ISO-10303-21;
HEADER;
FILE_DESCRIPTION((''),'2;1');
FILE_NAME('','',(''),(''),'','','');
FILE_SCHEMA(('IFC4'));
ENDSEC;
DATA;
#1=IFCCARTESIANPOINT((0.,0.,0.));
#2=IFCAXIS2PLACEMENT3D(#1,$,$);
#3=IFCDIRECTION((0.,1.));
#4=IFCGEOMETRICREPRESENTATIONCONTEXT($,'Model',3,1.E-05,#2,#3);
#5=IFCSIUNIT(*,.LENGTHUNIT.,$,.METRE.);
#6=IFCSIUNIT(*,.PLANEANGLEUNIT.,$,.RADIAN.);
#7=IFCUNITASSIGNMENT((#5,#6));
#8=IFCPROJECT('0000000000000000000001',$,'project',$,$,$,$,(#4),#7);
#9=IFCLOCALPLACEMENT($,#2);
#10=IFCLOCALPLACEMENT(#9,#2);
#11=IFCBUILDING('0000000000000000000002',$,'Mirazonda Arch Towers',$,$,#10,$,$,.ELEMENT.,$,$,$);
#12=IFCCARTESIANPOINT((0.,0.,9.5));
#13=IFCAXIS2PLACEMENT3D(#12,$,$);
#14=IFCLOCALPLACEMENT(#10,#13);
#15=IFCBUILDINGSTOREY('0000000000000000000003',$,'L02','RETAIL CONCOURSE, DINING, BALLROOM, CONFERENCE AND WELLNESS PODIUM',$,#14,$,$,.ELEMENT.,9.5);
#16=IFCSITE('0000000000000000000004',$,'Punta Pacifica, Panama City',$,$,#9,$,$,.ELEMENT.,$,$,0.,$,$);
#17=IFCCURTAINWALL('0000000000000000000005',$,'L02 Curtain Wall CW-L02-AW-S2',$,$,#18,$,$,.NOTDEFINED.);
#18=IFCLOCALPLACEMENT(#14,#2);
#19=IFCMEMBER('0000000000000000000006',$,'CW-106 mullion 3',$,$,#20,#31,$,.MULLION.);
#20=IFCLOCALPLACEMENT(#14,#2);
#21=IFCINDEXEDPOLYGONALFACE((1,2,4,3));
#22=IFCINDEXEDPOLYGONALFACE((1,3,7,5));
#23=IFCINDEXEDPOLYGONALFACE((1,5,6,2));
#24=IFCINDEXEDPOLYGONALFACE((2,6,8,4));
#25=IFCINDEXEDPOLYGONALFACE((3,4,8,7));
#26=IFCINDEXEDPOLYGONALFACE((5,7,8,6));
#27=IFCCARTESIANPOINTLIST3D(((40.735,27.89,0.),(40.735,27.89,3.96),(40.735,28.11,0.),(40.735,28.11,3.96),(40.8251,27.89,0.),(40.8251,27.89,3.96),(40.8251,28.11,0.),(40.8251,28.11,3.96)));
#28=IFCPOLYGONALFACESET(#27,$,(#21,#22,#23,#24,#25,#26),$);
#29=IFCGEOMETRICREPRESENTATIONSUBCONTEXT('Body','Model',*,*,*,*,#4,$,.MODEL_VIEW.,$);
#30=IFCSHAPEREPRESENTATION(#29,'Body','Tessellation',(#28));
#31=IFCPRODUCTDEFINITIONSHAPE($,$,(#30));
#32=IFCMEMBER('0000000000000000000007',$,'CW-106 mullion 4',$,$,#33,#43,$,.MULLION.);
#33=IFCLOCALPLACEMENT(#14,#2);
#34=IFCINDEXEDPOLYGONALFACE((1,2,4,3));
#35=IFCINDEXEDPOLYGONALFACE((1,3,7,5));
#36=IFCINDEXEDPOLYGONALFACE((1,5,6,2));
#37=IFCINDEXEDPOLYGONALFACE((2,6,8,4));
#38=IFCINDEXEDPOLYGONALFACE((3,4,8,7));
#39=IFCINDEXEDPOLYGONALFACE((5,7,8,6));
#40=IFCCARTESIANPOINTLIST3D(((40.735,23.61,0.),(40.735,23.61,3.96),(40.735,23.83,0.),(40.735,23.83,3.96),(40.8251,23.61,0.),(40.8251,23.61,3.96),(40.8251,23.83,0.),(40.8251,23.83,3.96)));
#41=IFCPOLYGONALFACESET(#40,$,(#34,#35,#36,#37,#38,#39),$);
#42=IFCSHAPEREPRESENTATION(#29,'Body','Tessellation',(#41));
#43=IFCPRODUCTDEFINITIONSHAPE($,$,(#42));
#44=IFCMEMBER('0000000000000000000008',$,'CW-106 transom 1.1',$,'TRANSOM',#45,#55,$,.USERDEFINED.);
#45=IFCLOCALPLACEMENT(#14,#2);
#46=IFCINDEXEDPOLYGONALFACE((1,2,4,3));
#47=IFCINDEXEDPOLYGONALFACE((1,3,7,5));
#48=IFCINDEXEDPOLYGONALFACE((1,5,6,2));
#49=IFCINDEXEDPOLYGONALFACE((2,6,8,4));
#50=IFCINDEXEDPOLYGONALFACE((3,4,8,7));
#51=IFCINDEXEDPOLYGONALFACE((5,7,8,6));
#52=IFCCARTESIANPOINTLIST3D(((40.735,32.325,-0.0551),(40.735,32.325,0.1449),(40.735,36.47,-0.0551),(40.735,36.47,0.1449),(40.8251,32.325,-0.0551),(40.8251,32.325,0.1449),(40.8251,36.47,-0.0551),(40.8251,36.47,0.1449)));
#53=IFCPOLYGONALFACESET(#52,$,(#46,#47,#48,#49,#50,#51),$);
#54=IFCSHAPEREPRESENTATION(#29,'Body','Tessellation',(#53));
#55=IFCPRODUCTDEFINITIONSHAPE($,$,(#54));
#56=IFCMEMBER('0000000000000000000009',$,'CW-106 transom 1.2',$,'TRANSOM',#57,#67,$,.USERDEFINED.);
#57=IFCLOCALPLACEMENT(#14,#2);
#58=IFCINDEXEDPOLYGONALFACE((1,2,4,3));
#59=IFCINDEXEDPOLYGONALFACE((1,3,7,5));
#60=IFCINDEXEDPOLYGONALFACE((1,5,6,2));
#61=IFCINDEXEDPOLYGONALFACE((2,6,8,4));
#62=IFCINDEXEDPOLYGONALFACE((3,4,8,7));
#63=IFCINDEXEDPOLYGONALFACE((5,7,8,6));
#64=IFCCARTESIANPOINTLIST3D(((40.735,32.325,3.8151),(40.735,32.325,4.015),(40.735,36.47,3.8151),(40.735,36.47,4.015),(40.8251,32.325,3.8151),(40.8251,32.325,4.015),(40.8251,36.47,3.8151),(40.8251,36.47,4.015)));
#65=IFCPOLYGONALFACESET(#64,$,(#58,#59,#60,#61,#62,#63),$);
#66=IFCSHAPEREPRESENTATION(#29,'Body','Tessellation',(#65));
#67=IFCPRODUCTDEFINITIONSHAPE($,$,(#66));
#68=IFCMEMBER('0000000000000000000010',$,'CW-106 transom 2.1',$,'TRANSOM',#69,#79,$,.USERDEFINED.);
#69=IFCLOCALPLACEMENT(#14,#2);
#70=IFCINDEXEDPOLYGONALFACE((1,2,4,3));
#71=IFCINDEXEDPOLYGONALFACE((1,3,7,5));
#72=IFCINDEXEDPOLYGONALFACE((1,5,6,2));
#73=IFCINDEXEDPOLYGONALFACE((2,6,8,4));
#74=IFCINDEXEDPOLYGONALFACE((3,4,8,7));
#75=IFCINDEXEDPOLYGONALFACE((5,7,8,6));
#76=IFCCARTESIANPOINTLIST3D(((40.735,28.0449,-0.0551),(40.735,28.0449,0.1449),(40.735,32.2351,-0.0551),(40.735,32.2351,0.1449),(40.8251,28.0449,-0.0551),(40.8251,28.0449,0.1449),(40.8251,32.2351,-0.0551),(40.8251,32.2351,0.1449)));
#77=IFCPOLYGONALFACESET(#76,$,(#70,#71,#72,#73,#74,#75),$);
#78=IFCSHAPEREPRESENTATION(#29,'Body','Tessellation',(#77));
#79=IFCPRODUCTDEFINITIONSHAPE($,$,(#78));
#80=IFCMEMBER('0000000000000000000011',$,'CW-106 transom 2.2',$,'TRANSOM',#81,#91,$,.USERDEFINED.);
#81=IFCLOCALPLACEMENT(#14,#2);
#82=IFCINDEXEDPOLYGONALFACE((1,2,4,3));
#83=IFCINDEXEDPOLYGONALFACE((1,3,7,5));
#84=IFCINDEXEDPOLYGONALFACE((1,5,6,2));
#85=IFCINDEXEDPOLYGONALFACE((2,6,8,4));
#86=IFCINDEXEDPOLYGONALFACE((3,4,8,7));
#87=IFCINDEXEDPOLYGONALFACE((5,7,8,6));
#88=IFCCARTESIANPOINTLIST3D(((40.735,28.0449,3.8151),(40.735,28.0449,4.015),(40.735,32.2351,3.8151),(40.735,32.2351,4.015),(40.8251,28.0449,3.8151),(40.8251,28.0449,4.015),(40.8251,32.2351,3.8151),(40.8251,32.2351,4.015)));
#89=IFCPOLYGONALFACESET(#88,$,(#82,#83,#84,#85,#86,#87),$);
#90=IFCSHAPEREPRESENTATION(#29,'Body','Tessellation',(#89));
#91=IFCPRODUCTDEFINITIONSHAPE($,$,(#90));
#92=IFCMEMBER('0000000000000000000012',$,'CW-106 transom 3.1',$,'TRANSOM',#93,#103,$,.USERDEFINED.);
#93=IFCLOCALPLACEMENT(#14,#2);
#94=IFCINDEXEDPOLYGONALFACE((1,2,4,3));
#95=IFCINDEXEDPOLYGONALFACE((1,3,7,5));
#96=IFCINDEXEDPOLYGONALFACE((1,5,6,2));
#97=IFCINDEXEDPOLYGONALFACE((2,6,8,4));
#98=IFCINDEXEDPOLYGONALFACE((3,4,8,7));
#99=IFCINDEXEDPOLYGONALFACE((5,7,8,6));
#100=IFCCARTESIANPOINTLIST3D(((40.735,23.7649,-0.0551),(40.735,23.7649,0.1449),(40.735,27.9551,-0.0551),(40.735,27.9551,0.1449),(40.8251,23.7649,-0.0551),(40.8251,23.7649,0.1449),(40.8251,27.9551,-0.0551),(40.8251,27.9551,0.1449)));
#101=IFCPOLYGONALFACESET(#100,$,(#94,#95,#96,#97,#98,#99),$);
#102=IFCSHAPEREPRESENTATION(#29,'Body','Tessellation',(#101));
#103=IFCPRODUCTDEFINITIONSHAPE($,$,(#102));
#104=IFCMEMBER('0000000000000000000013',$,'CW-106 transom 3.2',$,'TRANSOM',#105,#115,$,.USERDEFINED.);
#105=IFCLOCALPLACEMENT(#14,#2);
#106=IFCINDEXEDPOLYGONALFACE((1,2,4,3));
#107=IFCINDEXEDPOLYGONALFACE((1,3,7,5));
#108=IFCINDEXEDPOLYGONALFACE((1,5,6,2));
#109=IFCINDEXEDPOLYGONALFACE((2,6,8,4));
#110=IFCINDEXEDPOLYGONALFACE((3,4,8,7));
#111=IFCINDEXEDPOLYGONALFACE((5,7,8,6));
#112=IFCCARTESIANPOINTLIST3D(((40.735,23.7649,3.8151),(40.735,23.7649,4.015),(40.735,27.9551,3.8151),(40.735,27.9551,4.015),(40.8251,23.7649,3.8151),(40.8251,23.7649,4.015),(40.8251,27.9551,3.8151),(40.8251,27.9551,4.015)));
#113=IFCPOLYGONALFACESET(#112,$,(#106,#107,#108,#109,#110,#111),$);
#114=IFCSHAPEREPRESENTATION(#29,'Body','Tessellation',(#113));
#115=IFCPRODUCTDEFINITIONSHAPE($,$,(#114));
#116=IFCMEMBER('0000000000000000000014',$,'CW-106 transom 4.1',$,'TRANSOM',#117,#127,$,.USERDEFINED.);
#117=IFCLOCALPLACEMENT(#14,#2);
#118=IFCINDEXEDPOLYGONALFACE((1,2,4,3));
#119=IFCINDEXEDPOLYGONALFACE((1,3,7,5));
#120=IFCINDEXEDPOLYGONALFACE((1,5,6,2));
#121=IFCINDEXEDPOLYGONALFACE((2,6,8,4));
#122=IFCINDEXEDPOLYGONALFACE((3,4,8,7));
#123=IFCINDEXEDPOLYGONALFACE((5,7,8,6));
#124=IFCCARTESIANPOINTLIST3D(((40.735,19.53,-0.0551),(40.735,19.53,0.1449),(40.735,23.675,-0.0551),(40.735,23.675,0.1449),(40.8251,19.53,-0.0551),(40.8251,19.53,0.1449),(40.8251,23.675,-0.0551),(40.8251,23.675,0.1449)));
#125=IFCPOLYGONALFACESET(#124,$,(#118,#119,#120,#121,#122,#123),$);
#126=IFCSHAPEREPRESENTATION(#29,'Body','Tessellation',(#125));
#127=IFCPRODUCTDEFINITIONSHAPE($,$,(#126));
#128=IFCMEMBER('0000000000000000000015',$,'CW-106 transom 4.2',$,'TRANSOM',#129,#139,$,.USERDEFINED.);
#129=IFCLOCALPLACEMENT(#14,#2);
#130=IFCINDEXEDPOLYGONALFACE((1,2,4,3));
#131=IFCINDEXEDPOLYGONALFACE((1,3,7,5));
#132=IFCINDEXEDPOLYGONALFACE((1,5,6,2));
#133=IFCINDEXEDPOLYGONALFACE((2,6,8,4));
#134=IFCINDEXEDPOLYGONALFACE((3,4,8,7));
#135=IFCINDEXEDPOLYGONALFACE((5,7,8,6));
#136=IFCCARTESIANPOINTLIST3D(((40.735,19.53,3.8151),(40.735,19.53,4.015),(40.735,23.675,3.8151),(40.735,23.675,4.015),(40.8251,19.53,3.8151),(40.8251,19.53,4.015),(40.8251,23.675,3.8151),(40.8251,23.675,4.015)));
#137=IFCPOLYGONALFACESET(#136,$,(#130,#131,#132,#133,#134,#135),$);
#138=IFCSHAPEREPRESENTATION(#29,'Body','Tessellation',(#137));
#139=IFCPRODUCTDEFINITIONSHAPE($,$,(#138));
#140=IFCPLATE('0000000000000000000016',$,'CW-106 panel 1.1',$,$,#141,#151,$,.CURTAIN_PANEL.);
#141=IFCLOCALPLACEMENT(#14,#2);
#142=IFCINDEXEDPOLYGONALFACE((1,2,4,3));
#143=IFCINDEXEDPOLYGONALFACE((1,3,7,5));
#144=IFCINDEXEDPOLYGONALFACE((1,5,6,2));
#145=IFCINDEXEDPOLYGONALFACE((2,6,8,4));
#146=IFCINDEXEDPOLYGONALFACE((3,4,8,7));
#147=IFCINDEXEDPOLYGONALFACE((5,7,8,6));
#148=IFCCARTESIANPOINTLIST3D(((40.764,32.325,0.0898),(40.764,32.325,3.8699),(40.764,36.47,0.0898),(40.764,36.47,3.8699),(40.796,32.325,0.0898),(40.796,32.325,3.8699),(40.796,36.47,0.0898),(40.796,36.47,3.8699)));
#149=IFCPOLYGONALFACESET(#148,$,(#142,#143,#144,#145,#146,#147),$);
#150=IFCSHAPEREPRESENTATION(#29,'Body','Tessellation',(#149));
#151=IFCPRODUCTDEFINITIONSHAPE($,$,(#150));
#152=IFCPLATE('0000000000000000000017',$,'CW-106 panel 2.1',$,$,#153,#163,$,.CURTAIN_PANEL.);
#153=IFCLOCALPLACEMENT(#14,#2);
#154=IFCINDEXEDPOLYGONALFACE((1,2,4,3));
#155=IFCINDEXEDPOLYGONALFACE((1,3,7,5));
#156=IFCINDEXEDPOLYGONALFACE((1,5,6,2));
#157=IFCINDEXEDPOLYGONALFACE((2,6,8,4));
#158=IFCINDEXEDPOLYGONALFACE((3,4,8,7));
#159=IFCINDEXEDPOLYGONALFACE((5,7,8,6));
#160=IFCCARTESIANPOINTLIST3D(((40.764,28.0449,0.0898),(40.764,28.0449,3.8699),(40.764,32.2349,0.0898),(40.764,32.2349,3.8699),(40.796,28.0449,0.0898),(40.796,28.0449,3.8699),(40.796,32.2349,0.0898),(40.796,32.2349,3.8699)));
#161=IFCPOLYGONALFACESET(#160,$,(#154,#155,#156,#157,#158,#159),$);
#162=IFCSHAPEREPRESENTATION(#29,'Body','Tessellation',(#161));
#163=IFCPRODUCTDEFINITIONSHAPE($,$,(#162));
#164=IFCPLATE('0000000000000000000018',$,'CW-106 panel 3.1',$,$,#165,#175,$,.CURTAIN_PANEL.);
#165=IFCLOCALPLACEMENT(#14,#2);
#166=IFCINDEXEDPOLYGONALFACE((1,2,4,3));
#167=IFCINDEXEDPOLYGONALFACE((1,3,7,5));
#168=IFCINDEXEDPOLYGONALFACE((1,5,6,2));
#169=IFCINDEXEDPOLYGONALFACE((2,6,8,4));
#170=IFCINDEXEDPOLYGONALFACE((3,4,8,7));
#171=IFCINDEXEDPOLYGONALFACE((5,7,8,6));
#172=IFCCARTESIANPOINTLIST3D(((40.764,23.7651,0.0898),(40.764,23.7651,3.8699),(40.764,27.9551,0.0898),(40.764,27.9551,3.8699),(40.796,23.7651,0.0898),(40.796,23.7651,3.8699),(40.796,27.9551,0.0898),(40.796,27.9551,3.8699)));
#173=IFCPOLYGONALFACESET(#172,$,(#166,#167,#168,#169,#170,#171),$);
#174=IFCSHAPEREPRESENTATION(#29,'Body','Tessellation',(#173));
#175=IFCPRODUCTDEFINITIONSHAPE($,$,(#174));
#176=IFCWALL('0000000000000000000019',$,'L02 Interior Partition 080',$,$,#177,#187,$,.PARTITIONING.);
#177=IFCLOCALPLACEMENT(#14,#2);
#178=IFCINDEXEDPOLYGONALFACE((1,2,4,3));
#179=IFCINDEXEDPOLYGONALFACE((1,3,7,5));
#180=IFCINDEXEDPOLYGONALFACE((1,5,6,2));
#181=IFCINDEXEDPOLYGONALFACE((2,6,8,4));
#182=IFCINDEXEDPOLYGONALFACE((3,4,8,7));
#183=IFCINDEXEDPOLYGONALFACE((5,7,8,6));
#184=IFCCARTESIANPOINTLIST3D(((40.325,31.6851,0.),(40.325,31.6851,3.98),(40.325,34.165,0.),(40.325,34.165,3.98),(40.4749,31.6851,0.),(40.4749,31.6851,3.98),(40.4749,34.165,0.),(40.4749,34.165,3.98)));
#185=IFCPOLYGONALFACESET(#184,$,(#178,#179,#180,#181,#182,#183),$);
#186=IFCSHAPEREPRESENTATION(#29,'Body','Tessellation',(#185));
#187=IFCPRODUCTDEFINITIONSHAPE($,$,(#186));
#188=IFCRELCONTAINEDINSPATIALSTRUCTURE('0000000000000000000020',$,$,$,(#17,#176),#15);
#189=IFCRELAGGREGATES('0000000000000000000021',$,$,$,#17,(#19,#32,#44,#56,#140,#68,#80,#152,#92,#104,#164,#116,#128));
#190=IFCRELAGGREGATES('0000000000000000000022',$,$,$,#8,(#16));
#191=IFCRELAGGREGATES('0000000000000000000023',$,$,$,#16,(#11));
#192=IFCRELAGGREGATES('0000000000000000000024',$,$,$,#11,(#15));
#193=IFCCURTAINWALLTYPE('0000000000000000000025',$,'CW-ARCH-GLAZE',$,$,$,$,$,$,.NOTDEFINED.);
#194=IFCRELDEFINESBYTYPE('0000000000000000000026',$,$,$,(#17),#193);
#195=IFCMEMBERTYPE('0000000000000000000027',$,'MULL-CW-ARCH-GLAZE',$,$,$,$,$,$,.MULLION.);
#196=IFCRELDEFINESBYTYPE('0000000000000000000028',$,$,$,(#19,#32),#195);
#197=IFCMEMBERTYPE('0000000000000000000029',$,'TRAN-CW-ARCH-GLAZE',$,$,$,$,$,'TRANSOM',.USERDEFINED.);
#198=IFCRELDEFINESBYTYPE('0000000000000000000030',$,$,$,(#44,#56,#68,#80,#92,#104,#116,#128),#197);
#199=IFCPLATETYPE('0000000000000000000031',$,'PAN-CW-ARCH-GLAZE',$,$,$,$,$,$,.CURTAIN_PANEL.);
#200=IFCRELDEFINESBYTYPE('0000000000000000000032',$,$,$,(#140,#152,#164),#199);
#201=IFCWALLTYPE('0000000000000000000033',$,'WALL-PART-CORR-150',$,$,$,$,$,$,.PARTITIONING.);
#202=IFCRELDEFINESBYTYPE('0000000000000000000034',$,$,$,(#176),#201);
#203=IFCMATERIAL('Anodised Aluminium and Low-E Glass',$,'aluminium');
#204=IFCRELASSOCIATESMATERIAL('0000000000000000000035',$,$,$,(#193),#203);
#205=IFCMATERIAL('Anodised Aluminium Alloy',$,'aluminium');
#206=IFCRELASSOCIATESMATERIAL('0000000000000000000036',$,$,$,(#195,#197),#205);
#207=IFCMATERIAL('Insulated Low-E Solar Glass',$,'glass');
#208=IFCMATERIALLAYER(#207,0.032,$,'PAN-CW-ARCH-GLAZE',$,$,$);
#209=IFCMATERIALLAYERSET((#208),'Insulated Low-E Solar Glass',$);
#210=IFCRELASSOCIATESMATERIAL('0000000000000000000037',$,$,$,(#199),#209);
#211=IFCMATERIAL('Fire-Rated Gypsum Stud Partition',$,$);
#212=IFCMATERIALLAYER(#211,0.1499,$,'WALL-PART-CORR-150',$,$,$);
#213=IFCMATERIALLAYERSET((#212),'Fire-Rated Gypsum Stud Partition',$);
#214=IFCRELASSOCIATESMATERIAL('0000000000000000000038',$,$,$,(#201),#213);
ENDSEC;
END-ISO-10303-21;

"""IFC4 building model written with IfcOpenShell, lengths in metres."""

from ifc_helpers import new_model, si_unit, direction, frame, frame_2d, origin, origin_2d, place, context, subcontext, project, spatial, rectangle, extrude, material, layer, layer_set, material_profile, profile_set, type_object, element, aggregate, save


model = new_model("IFC4")

# Units and contexts
model_context = context("Model", 3, precision=1e-05, world=origin(), true_north=direction((0.0, 1.0)))
body_context = subcontext(model_context, "Body", "Model", "MODEL_VIEW")
ifc_project = project(units=[si_unit("LENGTHUNIT", "METRE"), si_unit("PLANEANGLEUNIT", "RADIAN")], contexts=[model_context])

# Site, building, storey
site_placement = place(None, origin())
site = spatial("IfcSite", under=ifc_project, at=site_placement, Name="Punta Pacifica, Panama City", CompositionType="ELEMENT", RefElevation=0.0)
building_placement = place(site_placement, origin())
building = spatial("IfcBuilding", under=site, at=building_placement, Name="Mirazonda Arch Towers", CompositionType="ELEMENT")
storey_placement = place(building_placement, frame((0.0, 0.0, 9.5)))
storey = spatial("IfcBuildingStorey", under=building, at=storey_placement, Name="L02", Description="RETAIL CONCOURSE, DINING, BALLROOM, CONFERENCE AND WELLNESS PODIUM", CompositionType="ELEMENT", Elevation=9.5)

# Shared definitions
ifc_material_1 = material(Name="Anodised Aluminium and Low-E Glass", Category="aluminium")
curtain_wall_type = type_object("IfcCurtainWallType", Name="CW-ARCH-GLAZE", PredefinedType="NOTDEFINED", material=ifc_material_1)
ifc_material_2 = material(Name="Anodised Aluminium Alloy", Category="aluminium")
ifc_material_profile_1 = material_profile(ifc_material_2, rectangle(XDim=0.0901, YDim=0.22, at=origin_2d()), Name="ALU-MULL-90x220")
ifc_profile_set_1 = profile_set([ifc_material_profile_1], Name="Anodised Aluminium Alloy")
member_type_1 = type_object("IfcMemberType", Name="MULL-CW-ARCH-GLAZE", PredefinedType="MULLION", material=ifc_profile_set_1)

# Curtain wall, members, plates
curtain_wall_1_placement = place(storey_placement, origin())
curtain_wall_1 = element("IfcCurtainWall", 1, at=curtain_wall_1_placement, inside=storey, type_object=curtain_wall_type, Name="L02 Curtain Wall CW-L02-AW-S2", PredefinedType="NOTDEFINED")
member_1_placement = place(storey_placement, frame((40.78, 28.0, 0.0), z_axis=(0.0, 0.0, 1.0), x_axis=(1.0, 0.0, 0.0)))
member_1 = element("IfcMember", 2, at=member_1_placement, type_object=member_type_1, Name="CW-106 mullion 3", PredefinedType="MULLION", context=body_context, shape_type="SweptSolid", body=[
    extrude(rectangle(XDim=0.0901, YDim=0.22, at=origin_2d()), origin(), (0.0, 0.0, 1.0), 3.96),
])
member_2_placement = place(storey_placement, frame((40.78, 23.72, 0.0), z_axis=(0.0, 0.0, 1.0), x_axis=(1.0, 0.0, 0.0)))
member_2 = element("IfcMember", 3, at=member_2_placement, type_object=member_type_1, Name="CW-106 mullion 4", PredefinedType="MULLION", context=body_context, shape_type="SweptSolid", body=[
    extrude(rectangle(XDim=0.0901, YDim=0.22, at=origin_2d()), origin(), (0.0, 0.0, 1.0), 3.96),
])
ifc_material_profile_2 = material_profile(ifc_material_2, rectangle(XDim=0.0901, YDim=0.2, at=origin_2d()), Name="ALU-TRAN-90x200")
ifc_profile_set_2 = profile_set([ifc_material_profile_2], Name="Anodised Aluminium Alloy")
member_type_2 = type_object("IfcMemberType", Name="TRAN-CW-ARCH-GLAZE", ElementType="TRANSOM", PredefinedType="USERDEFINED", material=ifc_profile_set_2)
member_3_placement = place(storey_placement, frame((40.78, 36.47, 0.0449), z_axis=(0.0, -1.0, 0.0), x_axis=(1.0, 0.0, 0.0)))
member_3 = element("IfcMember", 4, at=member_3_placement, type_object=member_type_2, Name="CW-106 transom 1.1", ObjectType="TRANSOM", PredefinedType="USERDEFINED", context=body_context, shape_type="SweptSolid", body=[
    extrude(rectangle(XDim=0.0901, YDim=0.2, at=origin_2d()), origin(), (0.0, 0.0, 1.0), 4.145),
])
member_4_placement = place(storey_placement, frame((40.78, 36.47, 3.915), z_axis=(0.0, -1.0, 0.0), x_axis=(1.0, 0.0, 0.0)))
member_4 = element("IfcMember", 5, at=member_4_placement, type_object=member_type_2, Name="CW-106 transom 1.2", ObjectType="TRANSOM", PredefinedType="USERDEFINED", context=body_context, shape_type="SweptSolid", body=[
    extrude(rectangle(XDim=0.0901, YDim=0.2, at=origin_2d()), origin(), (0.0, 0.0, 1.0), 4.145),
])
member_5_placement = place(storey_placement, frame((40.78, 32.2351, 0.0449), z_axis=(0.0, -1.0, 0.0), x_axis=(1.0, 0.0, 0.0)))
member_5 = element("IfcMember", 6, at=member_5_placement, type_object=member_type_2, Name="CW-106 transom 2.1", ObjectType="TRANSOM", PredefinedType="USERDEFINED", context=body_context, shape_type="SweptSolid", body=[
    extrude(rectangle(XDim=0.0901, YDim=0.2, at=origin_2d()), origin(), (0.0, 0.0, 1.0), 4.1902),
])
member_6_placement = place(storey_placement, frame((40.78, 32.2351, 3.915), z_axis=(0.0, -1.0, 0.0), x_axis=(1.0, 0.0, 0.0)))
member_6 = element("IfcMember", 7, at=member_6_placement, type_object=member_type_2, Name="CW-106 transom 2.2", ObjectType="TRANSOM", PredefinedType="USERDEFINED", context=body_context, shape_type="SweptSolid", body=[
    extrude(rectangle(XDim=0.0901, YDim=0.2, at=origin_2d()), origin(), (0.0, 0.0, 1.0), 4.1902),
])
member_7_placement = place(storey_placement, frame((40.78, 27.9551, 0.0449), z_axis=(0.0, -1.0, 0.0), x_axis=(1.0, 0.0, 0.0)))
member_7 = element("IfcMember", 8, at=member_7_placement, type_object=member_type_2, Name="CW-106 transom 3.1", ObjectType="TRANSOM", PredefinedType="USERDEFINED", context=body_context, shape_type="SweptSolid", body=[
    extrude(rectangle(XDim=0.0901, YDim=0.2, at=origin_2d()), origin(), (0.0, 0.0, 1.0), 4.1902),
])
member_8_placement = place(storey_placement, frame((40.78, 27.9551, 3.915), z_axis=(0.0, -1.0, 0.0), x_axis=(1.0, 0.0, 0.0)))
member_8 = element("IfcMember", 9, at=member_8_placement, type_object=member_type_2, Name="CW-106 transom 3.2", ObjectType="TRANSOM", PredefinedType="USERDEFINED", context=body_context, shape_type="SweptSolid", body=[
    extrude(rectangle(XDim=0.0901, YDim=0.2, at=origin_2d()), origin(), (0.0, 0.0, 1.0), 4.1902),
])
member_9_placement = place(storey_placement, frame((40.78, 23.675, 0.0449), z_axis=(0.0, -1.0, 0.0), x_axis=(1.0, 0.0, 0.0)))
member_9 = element("IfcMember", 10, at=member_9_placement, type_object=member_type_2, Name="CW-106 transom 4.1", ObjectType="TRANSOM", PredefinedType="USERDEFINED", context=body_context, shape_type="SweptSolid", body=[
    extrude(rectangle(XDim=0.0901, YDim=0.2, at=origin_2d()), origin(), (0.0, 0.0, 1.0), 4.145),
])
member_10_placement = place(storey_placement, frame((40.78, 23.675, 3.915), z_axis=(0.0, -1.0, 0.0), x_axis=(1.0, 0.0, 0.0)))
member_10 = element("IfcMember", 11, at=member_10_placement, type_object=member_type_2, Name="CW-106 transom 4.2", ObjectType="TRANSOM", PredefinedType="USERDEFINED", context=body_context, shape_type="SweptSolid", body=[
    extrude(rectangle(XDim=0.0901, YDim=0.2, at=origin_2d()), origin(), (0.0, 0.0, 1.0), 4.145),
])
ifc_material_3 = material(Name="Insulated Low-E Solar Glass", Category="glass")
ifc_layer_1 = layer(ifc_material_3, 0.032, Name="PAN-CW-ARCH-GLAZE")
ifc_layer_set_1 = layer_set([ifc_layer_1], Name="Insulated Low-E Solar Glass")
plate_type = type_object("IfcPlateType", Name="PAN-CW-ARCH-GLAZE", PredefinedType="CURTAIN_PANEL", material=ifc_layer_set_1)
plate_1_placement = place(storey_placement, frame((40.78, 34.3975, 0.0898), z_axis=(0.0, 0.0, 1.0), x_axis=(0.0, -1.0, 0.0)))
plate_1 = element("IfcPlate", 12, at=plate_1_placement, type_object=plate_type, Name="CW-106 panel 1.1", PredefinedType="CURTAIN_PANEL", context=body_context, shape_type="SweptSolid", body=[
    extrude(rectangle(XDim=4.145, YDim=0.032, at=origin_2d()), origin(), (0.0, 0.0, 1.0), 3.78),
])
plate_2_placement = place(storey_placement, frame((40.78, 30.1399, 0.0898), z_axis=(0.0, 0.0, 1.0), x_axis=(0.0, -1.0, 0.0)))
plate_2 = element("IfcPlate", 13, at=plate_2_placement, type_object=plate_type, Name="CW-106 panel 2.1", PredefinedType="CURTAIN_PANEL", context=body_context, shape_type="SweptSolid", body=[
    extrude(rectangle(XDim=4.1899, YDim=0.032, at=origin_2d()), origin(), (0.0, 0.0, 1.0), 3.78),
])
plate_3_placement = place(storey_placement, frame((40.78, 25.8601, 0.0898), z_axis=(0.0, 0.0, 1.0), x_axis=(0.0, -1.0, 0.0)))
plate_3 = element("IfcPlate", 14, at=plate_3_placement, type_object=plate_type, Name="CW-106 panel 3.1", PredefinedType="CURTAIN_PANEL", context=body_context, shape_type="SweptSolid", body=[
    extrude(rectangle(XDim=4.1899, YDim=0.032, at=origin_2d()), origin(), (0.0, 0.0, 1.0), 3.78),
])
aggregate(curtain_wall_1, [member_1, member_2, member_3, member_4, plate_1, member_5, member_6, plate_2, member_7, member_8, plate_3, member_9, member_10])

# Wall
ifc_material_4 = material(Name="Fire-Rated Gypsum Stud Partition")
ifc_layer_2 = layer(ifc_material_4, 0.1499, Name="WALL-PART-CORR-150")
ifc_layer_set_2 = layer_set([ifc_layer_2], Name="Fire-Rated Gypsum Stud Partition")
wall_type = type_object("IfcWallType", Name="WALL-PART-CORR-150", PredefinedType="PARTITIONING", material=ifc_layer_set_2)
wall_placement = place(storey_placement, frame((40.3999, 31.6851, 0.0), z_axis=(0.0, 0.0, 1.0), x_axis=(0.0, 1.0, 0.0)))
element("IfcWall", 15, at=wall_placement, inside=storey, type_object=wall_type, Name="L02 Interior Partition 080", PredefinedType="PARTITIONING", context=body_context, shape_type="SweptSolid", body=[
    extrude(rectangle(XDim=2.48, YDim=0.1499, at=frame_2d((1.24, 0.0))), origin(), (0.0, 0.0, 1.0), 3.98),
])

save(model, "model.ifc")
